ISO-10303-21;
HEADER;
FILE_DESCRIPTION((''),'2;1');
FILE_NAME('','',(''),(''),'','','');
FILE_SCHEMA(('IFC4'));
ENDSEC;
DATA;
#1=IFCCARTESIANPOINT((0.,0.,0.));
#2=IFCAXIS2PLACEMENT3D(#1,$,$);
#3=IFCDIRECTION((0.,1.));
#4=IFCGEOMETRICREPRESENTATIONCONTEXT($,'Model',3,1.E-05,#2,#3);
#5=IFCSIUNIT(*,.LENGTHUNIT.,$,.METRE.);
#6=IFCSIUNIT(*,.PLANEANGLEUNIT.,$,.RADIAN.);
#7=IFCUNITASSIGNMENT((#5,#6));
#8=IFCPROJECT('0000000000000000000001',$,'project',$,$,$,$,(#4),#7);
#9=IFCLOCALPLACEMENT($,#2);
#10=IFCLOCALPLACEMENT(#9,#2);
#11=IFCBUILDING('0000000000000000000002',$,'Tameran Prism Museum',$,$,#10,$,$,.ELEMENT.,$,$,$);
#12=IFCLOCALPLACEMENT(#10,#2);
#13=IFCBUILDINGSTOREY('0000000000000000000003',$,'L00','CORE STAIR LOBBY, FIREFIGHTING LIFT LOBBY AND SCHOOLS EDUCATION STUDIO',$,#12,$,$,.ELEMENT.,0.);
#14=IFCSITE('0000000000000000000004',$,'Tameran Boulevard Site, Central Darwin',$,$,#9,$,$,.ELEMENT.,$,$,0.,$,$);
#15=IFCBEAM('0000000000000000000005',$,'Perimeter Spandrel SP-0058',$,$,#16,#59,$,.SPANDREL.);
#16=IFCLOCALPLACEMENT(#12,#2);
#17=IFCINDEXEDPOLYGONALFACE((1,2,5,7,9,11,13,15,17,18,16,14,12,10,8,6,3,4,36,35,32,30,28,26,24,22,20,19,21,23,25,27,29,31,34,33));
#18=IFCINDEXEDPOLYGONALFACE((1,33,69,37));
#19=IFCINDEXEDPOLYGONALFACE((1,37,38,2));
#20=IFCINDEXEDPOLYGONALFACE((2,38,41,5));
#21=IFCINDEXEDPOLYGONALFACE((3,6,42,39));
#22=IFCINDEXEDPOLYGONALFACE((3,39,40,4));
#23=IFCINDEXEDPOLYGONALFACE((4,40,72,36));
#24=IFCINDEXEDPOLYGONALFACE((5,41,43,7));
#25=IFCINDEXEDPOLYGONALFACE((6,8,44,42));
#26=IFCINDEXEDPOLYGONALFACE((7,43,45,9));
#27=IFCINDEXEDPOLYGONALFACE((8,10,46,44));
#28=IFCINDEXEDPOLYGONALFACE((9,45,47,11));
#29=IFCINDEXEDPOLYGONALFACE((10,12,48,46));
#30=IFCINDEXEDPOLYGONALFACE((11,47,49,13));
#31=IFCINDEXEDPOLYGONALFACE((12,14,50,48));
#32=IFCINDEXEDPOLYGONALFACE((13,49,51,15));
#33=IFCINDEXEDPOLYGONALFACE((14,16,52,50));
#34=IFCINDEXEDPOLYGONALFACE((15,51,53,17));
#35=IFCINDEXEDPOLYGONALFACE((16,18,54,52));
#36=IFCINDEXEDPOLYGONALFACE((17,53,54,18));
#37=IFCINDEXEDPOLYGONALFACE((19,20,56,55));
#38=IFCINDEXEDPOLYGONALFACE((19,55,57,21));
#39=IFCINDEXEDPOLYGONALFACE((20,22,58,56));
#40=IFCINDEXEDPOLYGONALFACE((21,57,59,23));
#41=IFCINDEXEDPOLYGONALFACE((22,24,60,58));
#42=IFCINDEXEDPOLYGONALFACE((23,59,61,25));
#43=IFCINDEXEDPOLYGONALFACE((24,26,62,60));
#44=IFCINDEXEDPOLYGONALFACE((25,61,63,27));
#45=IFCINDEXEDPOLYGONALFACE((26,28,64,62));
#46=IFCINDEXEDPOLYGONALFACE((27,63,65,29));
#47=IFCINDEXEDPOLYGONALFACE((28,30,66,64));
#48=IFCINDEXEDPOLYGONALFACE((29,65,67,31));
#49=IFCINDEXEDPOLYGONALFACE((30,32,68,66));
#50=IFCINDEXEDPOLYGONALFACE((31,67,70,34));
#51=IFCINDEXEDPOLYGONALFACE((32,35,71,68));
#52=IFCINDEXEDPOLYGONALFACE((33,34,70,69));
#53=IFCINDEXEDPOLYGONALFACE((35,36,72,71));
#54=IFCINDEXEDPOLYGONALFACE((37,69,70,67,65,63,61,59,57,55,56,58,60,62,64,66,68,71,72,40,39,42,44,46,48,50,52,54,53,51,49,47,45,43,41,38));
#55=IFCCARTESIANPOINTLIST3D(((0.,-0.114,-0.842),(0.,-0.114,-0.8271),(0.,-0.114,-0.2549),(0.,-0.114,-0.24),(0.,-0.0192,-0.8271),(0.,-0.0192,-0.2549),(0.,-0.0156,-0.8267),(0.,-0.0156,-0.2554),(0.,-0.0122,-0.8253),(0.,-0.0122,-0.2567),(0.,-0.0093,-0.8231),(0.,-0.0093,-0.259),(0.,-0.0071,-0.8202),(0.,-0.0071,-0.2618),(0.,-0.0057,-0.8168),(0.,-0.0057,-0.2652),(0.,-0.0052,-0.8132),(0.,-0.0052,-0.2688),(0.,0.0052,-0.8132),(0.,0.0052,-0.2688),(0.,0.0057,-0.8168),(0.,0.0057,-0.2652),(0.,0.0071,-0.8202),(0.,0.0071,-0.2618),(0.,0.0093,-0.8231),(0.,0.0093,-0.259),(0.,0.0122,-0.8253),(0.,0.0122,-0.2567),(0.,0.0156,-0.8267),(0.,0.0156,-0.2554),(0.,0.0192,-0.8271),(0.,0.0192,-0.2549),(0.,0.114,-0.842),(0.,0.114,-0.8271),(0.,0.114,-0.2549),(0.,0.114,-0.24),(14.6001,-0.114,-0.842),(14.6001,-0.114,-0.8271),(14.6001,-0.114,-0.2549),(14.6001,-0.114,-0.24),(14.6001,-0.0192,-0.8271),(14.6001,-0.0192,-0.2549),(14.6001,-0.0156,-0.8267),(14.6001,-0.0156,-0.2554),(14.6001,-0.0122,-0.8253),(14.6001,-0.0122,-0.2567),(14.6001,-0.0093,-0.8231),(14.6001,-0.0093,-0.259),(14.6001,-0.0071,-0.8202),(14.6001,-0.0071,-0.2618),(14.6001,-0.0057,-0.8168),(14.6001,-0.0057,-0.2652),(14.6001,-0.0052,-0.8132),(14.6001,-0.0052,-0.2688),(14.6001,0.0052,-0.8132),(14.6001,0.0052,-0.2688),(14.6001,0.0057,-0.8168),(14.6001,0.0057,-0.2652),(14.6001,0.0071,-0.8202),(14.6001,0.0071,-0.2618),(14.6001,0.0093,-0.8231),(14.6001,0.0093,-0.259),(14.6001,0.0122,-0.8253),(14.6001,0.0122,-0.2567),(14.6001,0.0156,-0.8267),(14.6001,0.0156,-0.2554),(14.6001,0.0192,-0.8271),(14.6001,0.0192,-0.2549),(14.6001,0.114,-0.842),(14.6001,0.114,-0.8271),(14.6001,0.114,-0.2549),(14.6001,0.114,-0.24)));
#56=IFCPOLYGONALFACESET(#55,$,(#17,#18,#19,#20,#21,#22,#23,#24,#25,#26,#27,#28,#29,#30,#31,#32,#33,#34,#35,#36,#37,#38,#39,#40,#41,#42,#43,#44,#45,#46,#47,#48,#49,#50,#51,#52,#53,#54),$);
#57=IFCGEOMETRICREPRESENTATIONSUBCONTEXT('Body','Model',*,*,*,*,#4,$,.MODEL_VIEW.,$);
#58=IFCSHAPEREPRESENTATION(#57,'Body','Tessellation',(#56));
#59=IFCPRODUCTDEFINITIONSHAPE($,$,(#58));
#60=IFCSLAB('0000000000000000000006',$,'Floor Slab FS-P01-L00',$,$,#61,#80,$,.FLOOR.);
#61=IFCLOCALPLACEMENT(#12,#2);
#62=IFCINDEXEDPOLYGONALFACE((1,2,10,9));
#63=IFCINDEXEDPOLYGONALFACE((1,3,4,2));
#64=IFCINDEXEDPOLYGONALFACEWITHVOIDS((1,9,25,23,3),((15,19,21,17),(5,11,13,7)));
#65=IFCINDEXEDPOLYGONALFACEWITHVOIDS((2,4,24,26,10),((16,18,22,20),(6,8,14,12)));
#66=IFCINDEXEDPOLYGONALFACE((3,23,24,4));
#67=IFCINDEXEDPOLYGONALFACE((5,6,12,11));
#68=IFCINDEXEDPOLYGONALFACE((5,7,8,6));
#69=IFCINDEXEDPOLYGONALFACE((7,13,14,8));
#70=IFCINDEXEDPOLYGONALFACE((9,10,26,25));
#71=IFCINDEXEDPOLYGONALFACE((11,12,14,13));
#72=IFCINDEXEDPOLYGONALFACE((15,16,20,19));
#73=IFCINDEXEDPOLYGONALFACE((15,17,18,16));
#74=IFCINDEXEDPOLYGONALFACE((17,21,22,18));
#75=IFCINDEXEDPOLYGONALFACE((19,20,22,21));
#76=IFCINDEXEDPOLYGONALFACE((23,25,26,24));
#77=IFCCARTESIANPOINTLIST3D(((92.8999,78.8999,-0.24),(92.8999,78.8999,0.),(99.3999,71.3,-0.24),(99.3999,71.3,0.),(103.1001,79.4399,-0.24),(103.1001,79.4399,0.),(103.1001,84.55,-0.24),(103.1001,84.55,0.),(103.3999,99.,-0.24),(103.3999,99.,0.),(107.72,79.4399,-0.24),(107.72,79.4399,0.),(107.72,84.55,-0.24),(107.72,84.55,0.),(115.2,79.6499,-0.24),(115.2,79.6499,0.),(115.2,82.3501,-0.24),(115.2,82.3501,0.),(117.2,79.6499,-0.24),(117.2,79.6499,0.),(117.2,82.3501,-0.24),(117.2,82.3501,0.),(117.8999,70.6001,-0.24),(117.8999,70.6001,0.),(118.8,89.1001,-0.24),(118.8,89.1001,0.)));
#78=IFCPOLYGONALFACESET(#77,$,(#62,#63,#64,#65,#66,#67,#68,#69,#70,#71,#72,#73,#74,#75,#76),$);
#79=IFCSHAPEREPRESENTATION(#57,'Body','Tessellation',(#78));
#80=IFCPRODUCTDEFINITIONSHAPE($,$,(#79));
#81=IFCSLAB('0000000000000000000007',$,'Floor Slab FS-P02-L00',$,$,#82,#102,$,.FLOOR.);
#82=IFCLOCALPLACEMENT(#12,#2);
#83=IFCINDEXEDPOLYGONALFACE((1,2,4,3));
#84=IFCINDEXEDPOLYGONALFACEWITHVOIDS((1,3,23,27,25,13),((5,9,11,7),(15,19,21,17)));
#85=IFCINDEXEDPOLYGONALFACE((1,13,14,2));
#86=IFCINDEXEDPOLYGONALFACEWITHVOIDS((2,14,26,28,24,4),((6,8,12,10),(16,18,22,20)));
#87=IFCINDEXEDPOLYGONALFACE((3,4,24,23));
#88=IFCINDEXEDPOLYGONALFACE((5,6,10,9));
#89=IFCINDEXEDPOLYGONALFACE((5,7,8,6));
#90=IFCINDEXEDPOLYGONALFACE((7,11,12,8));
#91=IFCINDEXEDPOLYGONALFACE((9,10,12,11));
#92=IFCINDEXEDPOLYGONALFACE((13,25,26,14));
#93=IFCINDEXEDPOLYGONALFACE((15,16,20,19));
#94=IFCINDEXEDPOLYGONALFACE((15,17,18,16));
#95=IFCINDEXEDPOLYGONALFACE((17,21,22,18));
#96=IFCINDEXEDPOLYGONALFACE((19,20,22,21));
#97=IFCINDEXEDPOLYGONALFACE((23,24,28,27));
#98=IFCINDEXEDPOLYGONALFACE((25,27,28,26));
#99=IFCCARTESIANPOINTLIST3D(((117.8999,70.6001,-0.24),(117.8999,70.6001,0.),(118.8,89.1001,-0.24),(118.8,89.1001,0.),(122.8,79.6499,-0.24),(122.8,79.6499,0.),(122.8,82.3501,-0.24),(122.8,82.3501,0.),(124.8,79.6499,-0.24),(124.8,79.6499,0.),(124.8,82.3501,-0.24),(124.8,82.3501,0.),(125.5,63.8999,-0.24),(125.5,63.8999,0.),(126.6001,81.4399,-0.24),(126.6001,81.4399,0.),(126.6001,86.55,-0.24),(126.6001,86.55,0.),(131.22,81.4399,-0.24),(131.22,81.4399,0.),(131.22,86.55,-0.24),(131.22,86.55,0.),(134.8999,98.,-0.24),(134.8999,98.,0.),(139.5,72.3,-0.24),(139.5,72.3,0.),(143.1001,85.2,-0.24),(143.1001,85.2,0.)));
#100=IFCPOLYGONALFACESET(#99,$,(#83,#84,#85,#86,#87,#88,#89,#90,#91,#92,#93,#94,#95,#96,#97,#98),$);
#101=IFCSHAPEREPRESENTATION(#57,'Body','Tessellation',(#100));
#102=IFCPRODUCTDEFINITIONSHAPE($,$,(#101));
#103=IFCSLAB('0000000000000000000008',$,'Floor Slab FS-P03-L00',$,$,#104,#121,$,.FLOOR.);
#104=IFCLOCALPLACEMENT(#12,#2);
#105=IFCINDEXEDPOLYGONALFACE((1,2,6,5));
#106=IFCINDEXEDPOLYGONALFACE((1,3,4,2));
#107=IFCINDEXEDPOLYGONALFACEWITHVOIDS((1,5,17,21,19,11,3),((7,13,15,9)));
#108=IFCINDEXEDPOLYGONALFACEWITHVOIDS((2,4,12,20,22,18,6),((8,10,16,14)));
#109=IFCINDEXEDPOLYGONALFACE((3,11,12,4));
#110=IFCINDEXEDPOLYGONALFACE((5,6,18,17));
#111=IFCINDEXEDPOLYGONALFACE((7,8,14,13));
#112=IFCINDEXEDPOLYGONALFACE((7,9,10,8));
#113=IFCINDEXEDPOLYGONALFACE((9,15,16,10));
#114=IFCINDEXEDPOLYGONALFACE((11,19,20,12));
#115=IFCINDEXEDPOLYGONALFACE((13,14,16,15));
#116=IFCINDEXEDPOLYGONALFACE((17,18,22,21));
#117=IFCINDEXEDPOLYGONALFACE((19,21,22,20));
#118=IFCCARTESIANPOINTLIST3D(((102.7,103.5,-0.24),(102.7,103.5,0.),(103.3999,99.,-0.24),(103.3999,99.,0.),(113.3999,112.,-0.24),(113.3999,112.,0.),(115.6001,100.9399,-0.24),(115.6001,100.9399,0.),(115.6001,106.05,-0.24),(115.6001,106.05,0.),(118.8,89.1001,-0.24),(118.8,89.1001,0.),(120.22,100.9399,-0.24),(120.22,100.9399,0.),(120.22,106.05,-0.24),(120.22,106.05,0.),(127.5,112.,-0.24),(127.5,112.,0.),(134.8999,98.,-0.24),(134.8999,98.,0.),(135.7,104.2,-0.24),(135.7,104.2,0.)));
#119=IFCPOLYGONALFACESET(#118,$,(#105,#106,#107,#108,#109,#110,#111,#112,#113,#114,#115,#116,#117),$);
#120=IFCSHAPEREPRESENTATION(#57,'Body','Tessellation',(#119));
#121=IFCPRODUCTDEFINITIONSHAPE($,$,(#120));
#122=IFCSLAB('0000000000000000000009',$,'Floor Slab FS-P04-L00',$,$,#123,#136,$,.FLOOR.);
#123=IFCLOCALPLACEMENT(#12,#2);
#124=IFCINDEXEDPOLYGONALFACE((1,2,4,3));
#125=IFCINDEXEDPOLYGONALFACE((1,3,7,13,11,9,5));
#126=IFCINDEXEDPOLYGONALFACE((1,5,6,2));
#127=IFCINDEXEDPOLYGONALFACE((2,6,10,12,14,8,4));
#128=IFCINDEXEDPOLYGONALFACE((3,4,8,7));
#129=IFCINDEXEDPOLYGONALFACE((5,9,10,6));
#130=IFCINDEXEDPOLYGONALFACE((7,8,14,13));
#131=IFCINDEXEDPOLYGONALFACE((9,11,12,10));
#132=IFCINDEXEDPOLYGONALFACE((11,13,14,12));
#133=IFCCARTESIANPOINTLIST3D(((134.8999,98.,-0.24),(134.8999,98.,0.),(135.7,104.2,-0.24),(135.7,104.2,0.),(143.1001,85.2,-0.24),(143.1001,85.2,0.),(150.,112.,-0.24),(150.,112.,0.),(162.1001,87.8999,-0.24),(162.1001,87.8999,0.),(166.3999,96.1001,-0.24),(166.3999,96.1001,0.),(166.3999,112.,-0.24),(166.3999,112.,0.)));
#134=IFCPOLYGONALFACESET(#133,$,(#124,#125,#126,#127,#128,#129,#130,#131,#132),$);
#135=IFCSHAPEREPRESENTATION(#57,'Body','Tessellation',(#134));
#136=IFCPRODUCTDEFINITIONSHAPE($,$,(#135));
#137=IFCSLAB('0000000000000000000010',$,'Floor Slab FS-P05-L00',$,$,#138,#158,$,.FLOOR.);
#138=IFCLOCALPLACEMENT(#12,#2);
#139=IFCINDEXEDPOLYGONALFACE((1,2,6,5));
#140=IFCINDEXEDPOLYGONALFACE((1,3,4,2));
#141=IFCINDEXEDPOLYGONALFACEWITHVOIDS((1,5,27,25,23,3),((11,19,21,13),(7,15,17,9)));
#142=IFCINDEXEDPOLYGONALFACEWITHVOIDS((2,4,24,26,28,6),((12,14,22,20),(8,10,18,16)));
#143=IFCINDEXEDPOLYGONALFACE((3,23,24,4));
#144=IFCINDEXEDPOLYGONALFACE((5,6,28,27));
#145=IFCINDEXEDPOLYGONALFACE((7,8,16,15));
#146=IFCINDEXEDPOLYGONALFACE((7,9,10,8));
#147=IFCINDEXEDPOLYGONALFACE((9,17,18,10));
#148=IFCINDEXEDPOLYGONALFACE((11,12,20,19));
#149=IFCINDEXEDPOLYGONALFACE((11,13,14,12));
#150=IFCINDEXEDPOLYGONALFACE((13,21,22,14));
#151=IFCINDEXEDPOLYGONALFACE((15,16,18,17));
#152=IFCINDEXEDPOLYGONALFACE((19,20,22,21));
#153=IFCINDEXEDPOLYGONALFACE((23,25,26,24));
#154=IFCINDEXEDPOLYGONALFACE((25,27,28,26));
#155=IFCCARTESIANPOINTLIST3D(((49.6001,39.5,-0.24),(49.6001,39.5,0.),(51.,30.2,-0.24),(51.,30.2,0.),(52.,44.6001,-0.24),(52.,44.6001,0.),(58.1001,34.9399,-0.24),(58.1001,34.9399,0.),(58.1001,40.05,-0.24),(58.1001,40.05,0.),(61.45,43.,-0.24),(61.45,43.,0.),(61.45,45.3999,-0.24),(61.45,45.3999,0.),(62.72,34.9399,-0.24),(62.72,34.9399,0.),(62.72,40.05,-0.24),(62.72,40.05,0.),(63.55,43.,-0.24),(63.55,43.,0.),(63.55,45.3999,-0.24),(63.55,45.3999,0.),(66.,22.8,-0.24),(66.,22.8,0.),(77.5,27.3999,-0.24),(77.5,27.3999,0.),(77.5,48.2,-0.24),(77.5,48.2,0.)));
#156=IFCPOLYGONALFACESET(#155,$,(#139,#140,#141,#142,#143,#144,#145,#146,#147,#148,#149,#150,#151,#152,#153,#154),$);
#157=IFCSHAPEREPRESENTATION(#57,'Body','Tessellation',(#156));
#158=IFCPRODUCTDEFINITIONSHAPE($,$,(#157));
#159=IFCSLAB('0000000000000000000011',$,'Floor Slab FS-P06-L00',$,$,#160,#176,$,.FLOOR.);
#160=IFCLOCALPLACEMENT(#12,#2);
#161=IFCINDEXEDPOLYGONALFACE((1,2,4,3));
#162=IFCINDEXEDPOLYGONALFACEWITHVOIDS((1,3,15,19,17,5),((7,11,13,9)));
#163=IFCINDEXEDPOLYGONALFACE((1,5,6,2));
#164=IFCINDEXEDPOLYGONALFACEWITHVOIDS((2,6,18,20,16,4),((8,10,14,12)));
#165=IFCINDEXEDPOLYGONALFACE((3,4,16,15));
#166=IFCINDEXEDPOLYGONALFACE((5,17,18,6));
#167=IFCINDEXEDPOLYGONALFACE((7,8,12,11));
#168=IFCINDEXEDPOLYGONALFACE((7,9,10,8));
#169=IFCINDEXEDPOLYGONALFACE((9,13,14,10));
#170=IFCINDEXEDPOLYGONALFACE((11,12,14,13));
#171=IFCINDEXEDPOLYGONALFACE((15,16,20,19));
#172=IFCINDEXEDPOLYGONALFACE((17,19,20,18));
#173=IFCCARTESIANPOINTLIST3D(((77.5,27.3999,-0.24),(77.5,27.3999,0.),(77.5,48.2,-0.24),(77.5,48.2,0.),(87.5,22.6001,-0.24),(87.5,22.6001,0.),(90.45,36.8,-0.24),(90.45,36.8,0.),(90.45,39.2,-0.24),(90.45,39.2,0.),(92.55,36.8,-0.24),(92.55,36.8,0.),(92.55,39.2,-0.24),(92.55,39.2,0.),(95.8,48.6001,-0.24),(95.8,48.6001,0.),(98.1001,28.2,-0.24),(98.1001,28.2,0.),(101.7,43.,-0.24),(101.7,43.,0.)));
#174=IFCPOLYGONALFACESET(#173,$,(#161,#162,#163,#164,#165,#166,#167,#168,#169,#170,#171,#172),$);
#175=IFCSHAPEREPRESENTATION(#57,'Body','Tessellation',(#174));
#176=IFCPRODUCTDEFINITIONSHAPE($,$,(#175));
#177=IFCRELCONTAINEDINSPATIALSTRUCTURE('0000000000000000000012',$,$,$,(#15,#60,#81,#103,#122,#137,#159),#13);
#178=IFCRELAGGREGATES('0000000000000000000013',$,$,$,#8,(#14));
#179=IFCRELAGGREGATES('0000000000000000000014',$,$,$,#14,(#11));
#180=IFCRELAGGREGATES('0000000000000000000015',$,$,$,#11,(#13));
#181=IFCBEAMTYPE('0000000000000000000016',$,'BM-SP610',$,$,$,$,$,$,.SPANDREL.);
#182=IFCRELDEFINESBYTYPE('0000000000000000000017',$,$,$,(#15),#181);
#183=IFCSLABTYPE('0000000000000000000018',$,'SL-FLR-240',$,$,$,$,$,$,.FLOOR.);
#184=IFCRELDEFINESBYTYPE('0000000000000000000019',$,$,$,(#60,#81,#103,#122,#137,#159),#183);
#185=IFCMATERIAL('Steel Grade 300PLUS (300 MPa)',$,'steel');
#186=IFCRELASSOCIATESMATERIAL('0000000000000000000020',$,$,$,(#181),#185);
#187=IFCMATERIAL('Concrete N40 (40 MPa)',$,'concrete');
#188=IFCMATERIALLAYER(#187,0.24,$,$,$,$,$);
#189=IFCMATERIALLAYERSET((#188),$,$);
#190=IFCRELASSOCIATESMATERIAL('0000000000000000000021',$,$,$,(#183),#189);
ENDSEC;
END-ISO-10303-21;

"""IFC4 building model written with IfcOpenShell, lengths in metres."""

from ifc_helpers import new_model, si_unit, direction, frame, origin, origin_2d, place, context, subcontext, project, spatial, polyline, i_section, outline, extrude, material, layer, layer_set, material_profile, profile_set, type_object, element, save


model = new_model("IFC4")

# Units and contexts
model_context = context("Model", 3, precision=1e-05, world=origin(), true_north=direction((0.0, 1.0)))
body_context = subcontext(model_context, "Body", "Model", "MODEL_VIEW")
ifc_project = project(units=[si_unit("LENGTHUNIT", "METRE"), si_unit("PLANEANGLEUNIT", "RADIAN")], contexts=[model_context])

# Site, building, storey
site_placement = place(None, origin())
site = spatial("IfcSite", under=ifc_project, at=site_placement, Name="Tameran Boulevard Site, Central Darwin", CompositionType="ELEMENT", RefElevation=0.0)
building_placement = place(site_placement, origin())
building = spatial("IfcBuilding", under=site, at=building_placement, Name="Tameran Prism Museum", CompositionType="ELEMENT")
storey_placement = place(building_placement, origin())
storey = spatial("IfcBuildingStorey", under=building, at=storey_placement, Name="L00", Description="CORE STAIR LOBBY, FIREFIGHTING LIFT LOBBY AND SCHOOLS EDUCATION STUDIO", CompositionType="ELEMENT", Elevation=0.0)

# Beam
ifc_material_1 = material(Name="Steel Grade 300PLUS (300 MPa)", Category="steel")
ifc_material_profile = material_profile(ifc_material_1, i_section(OverallWidth=0.228, OverallDepth=0.6021, WebThickness=0.0105, FlangeThickness=0.0149, FilletRadius=0.0139, at=origin_2d()))
ifc_profile_set = profile_set([ifc_material_profile])
beam_type = type_object("IfcBeamType", Name="BM-SP610", PredefinedType="SPANDREL", material=ifc_profile_set)
beam_placement = place(storey_placement, frame((0.0, 0.0, -0.541), z_axis=(1.0, 0.0, 0.0), x_axis=(0.0, 1.0, 0.0)))
element("IfcBeam", 1, at=beam_placement, inside=storey, type_object=beam_type, Name="Perimeter Spandrel SP-0058", PredefinedType="SPANDREL", context=body_context, shape_type="SweptSolid", body=[
    extrude(i_section(OverallWidth=0.228, OverallDepth=0.6021, WebThickness=0.0105, FlangeThickness=0.0149, FilletRadius=0.0139, at=origin_2d()), origin(), (0.0, 0.0, 1.0), 14.6001),
])

# Slabs
ifc_material_2 = material(Name="Concrete N40 (40 MPa)", Category="concrete")
ifc_layer_1 = layer(ifc_material_2, 0.24)
ifc_layer_set_1 = layer_set([ifc_layer_1])
slab_type_1 = type_object("IfcSlabType", Name="SL-FLR-240", PredefinedType="FLOOR", material=ifc_layer_set_1)
slab_1_placement = place(storey_placement, frame((0.0, 0.0, -0.24)))
element("IfcSlab", 2, at=slab_1_placement, inside=storey, type_object=slab_type_1, Name="Floor Slab FS-P01-L00", PredefinedType="FLOOR", context=body_context, shape_type="SweptSolid", body=[
    extrude(outline(polyline([(92.8999, 78.8999), (103.3999, 99.0), (118.8, 89.1001), (117.8999, 70.6001), (99.3999, 71.3), (92.8999, 78.8999)]), holes=[polyline([(117.2, 79.6499), (117.2, 82.3501), (115.2, 82.3501), (115.2, 79.6499), (117.2, 79.6499)]), polyline([(107.72, 79.4399), (107.72, 84.55), (103.1001, 84.55), (103.1001, 79.4399), (107.72, 79.4399)])]), origin(), (0.0, 0.0, 1.0), 0.24),
])
slab_2_placement = place(storey_placement, frame((0.0, 0.0, -0.24)))
element("IfcSlab", 3, at=slab_2_placement, inside=storey, type_object=slab_type_1, Name="Floor Slab FS-P02-L00", PredefinedType="FLOOR", context=body_context, shape_type="SweptSolid", body=[
    extrude(outline(polyline([(118.8, 89.1001), (134.8999, 98.0), (143.1001, 85.2), (139.5, 72.3), (125.5, 63.8999), (117.8999, 70.6001), (118.8, 89.1001)]), holes=[polyline([(124.8, 79.6499), (124.8, 82.3501), (122.8, 82.3501), (122.8, 79.6499), (124.8, 79.6499)]), polyline([(131.22, 81.4399), (131.22, 86.55), (126.6001, 86.55), (126.6001, 81.4399), (131.22, 81.4399)])]), origin(), (0.0, 0.0, 1.0), 0.24),
])
slab_3_placement = place(storey_placement, frame((0.0, 0.0, -0.24)))
element("IfcSlab", 4, at=slab_3_placement, inside=storey, type_object=slab_type_1, Name="Floor Slab FS-P03-L00", PredefinedType="FLOOR", context=body_context, shape_type="SweptSolid", body=[
    extrude(outline(polyline([(102.7, 103.5), (113.3999, 112.0), (127.5, 112.0), (135.7, 104.2), (134.8999, 98.0), (118.8, 89.1001), (103.3999, 99.0), (102.7, 103.5)]), holes=[polyline([(120.22, 106.05), (115.6001, 106.05), (115.6001, 100.9399), (120.22, 100.9399), (120.22, 106.05)])]), origin(), (0.0, 0.0, 1.0), 0.24),
])
slab_4_placement = place(storey_placement, frame((0.0, 0.0, -0.24)))
element("IfcSlab", 5, at=slab_4_placement, inside=storey, type_object=slab_type_1, Name="Floor Slab FS-P04-L00", PredefinedType="FLOOR", context=body_context, shape_type="SweptSolid", body=[
    extrude(outline(polyline([(134.8999, 98.0), (143.1001, 85.2), (162.1001, 87.8999), (166.3999, 96.1001), (166.3999, 112.0), (150.0, 112.0), (135.7, 104.2), (134.8999, 98.0)])), origin(), (0.0, 0.0, 1.0), 0.24),
])
slab_5_placement = place(storey_placement, frame((0.0, 0.0, -0.24)))
element("IfcSlab", 6, at=slab_5_placement, inside=storey, type_object=slab_type_1, Name="Floor Slab FS-P05-L00", PredefinedType="FLOOR", context=body_context, shape_type="SweptSolid", body=[
    extrude(outline(polyline([(52.0, 44.6001), (77.5, 48.2), (77.5, 27.3999), (66.0, 22.8), (51.0, 30.2), (49.6001, 39.5), (52.0, 44.6001)]), holes=[polyline([(62.72, 34.9399), (62.72, 40.05), (58.1001, 40.05), (58.1001, 34.9399), (62.72, 34.9399)]), polyline([(63.55, 43.0), (63.55, 45.3999), (61.45, 45.3999), (61.45, 43.0), (63.55, 43.0)])]), origin(), (0.0, 0.0, 1.0), 0.24),
])
slab_6_placement = place(storey_placement, frame((0.0, 0.0, -0.24)))
element("IfcSlab", 7, at=slab_6_placement, inside=storey, type_object=slab_type_1, Name="Floor Slab FS-P06-L00", PredefinedType="FLOOR", context=body_context, shape_type="SweptSolid", body=[
    extrude(outline(polyline([(77.5, 48.2), (95.8, 48.6001), (101.7, 43.0), (98.1001, 28.2), (87.5, 22.6001), (77.5, 27.3999), (77.5, 48.2)]), holes=[polyline([(92.55, 39.2), (90.45, 39.2), (90.45, 36.8), (92.55, 36.8), (92.55, 39.2)])]), origin(), (0.0, 0.0, 1.0), 0.24),
])

save(model, "model.ifc")
